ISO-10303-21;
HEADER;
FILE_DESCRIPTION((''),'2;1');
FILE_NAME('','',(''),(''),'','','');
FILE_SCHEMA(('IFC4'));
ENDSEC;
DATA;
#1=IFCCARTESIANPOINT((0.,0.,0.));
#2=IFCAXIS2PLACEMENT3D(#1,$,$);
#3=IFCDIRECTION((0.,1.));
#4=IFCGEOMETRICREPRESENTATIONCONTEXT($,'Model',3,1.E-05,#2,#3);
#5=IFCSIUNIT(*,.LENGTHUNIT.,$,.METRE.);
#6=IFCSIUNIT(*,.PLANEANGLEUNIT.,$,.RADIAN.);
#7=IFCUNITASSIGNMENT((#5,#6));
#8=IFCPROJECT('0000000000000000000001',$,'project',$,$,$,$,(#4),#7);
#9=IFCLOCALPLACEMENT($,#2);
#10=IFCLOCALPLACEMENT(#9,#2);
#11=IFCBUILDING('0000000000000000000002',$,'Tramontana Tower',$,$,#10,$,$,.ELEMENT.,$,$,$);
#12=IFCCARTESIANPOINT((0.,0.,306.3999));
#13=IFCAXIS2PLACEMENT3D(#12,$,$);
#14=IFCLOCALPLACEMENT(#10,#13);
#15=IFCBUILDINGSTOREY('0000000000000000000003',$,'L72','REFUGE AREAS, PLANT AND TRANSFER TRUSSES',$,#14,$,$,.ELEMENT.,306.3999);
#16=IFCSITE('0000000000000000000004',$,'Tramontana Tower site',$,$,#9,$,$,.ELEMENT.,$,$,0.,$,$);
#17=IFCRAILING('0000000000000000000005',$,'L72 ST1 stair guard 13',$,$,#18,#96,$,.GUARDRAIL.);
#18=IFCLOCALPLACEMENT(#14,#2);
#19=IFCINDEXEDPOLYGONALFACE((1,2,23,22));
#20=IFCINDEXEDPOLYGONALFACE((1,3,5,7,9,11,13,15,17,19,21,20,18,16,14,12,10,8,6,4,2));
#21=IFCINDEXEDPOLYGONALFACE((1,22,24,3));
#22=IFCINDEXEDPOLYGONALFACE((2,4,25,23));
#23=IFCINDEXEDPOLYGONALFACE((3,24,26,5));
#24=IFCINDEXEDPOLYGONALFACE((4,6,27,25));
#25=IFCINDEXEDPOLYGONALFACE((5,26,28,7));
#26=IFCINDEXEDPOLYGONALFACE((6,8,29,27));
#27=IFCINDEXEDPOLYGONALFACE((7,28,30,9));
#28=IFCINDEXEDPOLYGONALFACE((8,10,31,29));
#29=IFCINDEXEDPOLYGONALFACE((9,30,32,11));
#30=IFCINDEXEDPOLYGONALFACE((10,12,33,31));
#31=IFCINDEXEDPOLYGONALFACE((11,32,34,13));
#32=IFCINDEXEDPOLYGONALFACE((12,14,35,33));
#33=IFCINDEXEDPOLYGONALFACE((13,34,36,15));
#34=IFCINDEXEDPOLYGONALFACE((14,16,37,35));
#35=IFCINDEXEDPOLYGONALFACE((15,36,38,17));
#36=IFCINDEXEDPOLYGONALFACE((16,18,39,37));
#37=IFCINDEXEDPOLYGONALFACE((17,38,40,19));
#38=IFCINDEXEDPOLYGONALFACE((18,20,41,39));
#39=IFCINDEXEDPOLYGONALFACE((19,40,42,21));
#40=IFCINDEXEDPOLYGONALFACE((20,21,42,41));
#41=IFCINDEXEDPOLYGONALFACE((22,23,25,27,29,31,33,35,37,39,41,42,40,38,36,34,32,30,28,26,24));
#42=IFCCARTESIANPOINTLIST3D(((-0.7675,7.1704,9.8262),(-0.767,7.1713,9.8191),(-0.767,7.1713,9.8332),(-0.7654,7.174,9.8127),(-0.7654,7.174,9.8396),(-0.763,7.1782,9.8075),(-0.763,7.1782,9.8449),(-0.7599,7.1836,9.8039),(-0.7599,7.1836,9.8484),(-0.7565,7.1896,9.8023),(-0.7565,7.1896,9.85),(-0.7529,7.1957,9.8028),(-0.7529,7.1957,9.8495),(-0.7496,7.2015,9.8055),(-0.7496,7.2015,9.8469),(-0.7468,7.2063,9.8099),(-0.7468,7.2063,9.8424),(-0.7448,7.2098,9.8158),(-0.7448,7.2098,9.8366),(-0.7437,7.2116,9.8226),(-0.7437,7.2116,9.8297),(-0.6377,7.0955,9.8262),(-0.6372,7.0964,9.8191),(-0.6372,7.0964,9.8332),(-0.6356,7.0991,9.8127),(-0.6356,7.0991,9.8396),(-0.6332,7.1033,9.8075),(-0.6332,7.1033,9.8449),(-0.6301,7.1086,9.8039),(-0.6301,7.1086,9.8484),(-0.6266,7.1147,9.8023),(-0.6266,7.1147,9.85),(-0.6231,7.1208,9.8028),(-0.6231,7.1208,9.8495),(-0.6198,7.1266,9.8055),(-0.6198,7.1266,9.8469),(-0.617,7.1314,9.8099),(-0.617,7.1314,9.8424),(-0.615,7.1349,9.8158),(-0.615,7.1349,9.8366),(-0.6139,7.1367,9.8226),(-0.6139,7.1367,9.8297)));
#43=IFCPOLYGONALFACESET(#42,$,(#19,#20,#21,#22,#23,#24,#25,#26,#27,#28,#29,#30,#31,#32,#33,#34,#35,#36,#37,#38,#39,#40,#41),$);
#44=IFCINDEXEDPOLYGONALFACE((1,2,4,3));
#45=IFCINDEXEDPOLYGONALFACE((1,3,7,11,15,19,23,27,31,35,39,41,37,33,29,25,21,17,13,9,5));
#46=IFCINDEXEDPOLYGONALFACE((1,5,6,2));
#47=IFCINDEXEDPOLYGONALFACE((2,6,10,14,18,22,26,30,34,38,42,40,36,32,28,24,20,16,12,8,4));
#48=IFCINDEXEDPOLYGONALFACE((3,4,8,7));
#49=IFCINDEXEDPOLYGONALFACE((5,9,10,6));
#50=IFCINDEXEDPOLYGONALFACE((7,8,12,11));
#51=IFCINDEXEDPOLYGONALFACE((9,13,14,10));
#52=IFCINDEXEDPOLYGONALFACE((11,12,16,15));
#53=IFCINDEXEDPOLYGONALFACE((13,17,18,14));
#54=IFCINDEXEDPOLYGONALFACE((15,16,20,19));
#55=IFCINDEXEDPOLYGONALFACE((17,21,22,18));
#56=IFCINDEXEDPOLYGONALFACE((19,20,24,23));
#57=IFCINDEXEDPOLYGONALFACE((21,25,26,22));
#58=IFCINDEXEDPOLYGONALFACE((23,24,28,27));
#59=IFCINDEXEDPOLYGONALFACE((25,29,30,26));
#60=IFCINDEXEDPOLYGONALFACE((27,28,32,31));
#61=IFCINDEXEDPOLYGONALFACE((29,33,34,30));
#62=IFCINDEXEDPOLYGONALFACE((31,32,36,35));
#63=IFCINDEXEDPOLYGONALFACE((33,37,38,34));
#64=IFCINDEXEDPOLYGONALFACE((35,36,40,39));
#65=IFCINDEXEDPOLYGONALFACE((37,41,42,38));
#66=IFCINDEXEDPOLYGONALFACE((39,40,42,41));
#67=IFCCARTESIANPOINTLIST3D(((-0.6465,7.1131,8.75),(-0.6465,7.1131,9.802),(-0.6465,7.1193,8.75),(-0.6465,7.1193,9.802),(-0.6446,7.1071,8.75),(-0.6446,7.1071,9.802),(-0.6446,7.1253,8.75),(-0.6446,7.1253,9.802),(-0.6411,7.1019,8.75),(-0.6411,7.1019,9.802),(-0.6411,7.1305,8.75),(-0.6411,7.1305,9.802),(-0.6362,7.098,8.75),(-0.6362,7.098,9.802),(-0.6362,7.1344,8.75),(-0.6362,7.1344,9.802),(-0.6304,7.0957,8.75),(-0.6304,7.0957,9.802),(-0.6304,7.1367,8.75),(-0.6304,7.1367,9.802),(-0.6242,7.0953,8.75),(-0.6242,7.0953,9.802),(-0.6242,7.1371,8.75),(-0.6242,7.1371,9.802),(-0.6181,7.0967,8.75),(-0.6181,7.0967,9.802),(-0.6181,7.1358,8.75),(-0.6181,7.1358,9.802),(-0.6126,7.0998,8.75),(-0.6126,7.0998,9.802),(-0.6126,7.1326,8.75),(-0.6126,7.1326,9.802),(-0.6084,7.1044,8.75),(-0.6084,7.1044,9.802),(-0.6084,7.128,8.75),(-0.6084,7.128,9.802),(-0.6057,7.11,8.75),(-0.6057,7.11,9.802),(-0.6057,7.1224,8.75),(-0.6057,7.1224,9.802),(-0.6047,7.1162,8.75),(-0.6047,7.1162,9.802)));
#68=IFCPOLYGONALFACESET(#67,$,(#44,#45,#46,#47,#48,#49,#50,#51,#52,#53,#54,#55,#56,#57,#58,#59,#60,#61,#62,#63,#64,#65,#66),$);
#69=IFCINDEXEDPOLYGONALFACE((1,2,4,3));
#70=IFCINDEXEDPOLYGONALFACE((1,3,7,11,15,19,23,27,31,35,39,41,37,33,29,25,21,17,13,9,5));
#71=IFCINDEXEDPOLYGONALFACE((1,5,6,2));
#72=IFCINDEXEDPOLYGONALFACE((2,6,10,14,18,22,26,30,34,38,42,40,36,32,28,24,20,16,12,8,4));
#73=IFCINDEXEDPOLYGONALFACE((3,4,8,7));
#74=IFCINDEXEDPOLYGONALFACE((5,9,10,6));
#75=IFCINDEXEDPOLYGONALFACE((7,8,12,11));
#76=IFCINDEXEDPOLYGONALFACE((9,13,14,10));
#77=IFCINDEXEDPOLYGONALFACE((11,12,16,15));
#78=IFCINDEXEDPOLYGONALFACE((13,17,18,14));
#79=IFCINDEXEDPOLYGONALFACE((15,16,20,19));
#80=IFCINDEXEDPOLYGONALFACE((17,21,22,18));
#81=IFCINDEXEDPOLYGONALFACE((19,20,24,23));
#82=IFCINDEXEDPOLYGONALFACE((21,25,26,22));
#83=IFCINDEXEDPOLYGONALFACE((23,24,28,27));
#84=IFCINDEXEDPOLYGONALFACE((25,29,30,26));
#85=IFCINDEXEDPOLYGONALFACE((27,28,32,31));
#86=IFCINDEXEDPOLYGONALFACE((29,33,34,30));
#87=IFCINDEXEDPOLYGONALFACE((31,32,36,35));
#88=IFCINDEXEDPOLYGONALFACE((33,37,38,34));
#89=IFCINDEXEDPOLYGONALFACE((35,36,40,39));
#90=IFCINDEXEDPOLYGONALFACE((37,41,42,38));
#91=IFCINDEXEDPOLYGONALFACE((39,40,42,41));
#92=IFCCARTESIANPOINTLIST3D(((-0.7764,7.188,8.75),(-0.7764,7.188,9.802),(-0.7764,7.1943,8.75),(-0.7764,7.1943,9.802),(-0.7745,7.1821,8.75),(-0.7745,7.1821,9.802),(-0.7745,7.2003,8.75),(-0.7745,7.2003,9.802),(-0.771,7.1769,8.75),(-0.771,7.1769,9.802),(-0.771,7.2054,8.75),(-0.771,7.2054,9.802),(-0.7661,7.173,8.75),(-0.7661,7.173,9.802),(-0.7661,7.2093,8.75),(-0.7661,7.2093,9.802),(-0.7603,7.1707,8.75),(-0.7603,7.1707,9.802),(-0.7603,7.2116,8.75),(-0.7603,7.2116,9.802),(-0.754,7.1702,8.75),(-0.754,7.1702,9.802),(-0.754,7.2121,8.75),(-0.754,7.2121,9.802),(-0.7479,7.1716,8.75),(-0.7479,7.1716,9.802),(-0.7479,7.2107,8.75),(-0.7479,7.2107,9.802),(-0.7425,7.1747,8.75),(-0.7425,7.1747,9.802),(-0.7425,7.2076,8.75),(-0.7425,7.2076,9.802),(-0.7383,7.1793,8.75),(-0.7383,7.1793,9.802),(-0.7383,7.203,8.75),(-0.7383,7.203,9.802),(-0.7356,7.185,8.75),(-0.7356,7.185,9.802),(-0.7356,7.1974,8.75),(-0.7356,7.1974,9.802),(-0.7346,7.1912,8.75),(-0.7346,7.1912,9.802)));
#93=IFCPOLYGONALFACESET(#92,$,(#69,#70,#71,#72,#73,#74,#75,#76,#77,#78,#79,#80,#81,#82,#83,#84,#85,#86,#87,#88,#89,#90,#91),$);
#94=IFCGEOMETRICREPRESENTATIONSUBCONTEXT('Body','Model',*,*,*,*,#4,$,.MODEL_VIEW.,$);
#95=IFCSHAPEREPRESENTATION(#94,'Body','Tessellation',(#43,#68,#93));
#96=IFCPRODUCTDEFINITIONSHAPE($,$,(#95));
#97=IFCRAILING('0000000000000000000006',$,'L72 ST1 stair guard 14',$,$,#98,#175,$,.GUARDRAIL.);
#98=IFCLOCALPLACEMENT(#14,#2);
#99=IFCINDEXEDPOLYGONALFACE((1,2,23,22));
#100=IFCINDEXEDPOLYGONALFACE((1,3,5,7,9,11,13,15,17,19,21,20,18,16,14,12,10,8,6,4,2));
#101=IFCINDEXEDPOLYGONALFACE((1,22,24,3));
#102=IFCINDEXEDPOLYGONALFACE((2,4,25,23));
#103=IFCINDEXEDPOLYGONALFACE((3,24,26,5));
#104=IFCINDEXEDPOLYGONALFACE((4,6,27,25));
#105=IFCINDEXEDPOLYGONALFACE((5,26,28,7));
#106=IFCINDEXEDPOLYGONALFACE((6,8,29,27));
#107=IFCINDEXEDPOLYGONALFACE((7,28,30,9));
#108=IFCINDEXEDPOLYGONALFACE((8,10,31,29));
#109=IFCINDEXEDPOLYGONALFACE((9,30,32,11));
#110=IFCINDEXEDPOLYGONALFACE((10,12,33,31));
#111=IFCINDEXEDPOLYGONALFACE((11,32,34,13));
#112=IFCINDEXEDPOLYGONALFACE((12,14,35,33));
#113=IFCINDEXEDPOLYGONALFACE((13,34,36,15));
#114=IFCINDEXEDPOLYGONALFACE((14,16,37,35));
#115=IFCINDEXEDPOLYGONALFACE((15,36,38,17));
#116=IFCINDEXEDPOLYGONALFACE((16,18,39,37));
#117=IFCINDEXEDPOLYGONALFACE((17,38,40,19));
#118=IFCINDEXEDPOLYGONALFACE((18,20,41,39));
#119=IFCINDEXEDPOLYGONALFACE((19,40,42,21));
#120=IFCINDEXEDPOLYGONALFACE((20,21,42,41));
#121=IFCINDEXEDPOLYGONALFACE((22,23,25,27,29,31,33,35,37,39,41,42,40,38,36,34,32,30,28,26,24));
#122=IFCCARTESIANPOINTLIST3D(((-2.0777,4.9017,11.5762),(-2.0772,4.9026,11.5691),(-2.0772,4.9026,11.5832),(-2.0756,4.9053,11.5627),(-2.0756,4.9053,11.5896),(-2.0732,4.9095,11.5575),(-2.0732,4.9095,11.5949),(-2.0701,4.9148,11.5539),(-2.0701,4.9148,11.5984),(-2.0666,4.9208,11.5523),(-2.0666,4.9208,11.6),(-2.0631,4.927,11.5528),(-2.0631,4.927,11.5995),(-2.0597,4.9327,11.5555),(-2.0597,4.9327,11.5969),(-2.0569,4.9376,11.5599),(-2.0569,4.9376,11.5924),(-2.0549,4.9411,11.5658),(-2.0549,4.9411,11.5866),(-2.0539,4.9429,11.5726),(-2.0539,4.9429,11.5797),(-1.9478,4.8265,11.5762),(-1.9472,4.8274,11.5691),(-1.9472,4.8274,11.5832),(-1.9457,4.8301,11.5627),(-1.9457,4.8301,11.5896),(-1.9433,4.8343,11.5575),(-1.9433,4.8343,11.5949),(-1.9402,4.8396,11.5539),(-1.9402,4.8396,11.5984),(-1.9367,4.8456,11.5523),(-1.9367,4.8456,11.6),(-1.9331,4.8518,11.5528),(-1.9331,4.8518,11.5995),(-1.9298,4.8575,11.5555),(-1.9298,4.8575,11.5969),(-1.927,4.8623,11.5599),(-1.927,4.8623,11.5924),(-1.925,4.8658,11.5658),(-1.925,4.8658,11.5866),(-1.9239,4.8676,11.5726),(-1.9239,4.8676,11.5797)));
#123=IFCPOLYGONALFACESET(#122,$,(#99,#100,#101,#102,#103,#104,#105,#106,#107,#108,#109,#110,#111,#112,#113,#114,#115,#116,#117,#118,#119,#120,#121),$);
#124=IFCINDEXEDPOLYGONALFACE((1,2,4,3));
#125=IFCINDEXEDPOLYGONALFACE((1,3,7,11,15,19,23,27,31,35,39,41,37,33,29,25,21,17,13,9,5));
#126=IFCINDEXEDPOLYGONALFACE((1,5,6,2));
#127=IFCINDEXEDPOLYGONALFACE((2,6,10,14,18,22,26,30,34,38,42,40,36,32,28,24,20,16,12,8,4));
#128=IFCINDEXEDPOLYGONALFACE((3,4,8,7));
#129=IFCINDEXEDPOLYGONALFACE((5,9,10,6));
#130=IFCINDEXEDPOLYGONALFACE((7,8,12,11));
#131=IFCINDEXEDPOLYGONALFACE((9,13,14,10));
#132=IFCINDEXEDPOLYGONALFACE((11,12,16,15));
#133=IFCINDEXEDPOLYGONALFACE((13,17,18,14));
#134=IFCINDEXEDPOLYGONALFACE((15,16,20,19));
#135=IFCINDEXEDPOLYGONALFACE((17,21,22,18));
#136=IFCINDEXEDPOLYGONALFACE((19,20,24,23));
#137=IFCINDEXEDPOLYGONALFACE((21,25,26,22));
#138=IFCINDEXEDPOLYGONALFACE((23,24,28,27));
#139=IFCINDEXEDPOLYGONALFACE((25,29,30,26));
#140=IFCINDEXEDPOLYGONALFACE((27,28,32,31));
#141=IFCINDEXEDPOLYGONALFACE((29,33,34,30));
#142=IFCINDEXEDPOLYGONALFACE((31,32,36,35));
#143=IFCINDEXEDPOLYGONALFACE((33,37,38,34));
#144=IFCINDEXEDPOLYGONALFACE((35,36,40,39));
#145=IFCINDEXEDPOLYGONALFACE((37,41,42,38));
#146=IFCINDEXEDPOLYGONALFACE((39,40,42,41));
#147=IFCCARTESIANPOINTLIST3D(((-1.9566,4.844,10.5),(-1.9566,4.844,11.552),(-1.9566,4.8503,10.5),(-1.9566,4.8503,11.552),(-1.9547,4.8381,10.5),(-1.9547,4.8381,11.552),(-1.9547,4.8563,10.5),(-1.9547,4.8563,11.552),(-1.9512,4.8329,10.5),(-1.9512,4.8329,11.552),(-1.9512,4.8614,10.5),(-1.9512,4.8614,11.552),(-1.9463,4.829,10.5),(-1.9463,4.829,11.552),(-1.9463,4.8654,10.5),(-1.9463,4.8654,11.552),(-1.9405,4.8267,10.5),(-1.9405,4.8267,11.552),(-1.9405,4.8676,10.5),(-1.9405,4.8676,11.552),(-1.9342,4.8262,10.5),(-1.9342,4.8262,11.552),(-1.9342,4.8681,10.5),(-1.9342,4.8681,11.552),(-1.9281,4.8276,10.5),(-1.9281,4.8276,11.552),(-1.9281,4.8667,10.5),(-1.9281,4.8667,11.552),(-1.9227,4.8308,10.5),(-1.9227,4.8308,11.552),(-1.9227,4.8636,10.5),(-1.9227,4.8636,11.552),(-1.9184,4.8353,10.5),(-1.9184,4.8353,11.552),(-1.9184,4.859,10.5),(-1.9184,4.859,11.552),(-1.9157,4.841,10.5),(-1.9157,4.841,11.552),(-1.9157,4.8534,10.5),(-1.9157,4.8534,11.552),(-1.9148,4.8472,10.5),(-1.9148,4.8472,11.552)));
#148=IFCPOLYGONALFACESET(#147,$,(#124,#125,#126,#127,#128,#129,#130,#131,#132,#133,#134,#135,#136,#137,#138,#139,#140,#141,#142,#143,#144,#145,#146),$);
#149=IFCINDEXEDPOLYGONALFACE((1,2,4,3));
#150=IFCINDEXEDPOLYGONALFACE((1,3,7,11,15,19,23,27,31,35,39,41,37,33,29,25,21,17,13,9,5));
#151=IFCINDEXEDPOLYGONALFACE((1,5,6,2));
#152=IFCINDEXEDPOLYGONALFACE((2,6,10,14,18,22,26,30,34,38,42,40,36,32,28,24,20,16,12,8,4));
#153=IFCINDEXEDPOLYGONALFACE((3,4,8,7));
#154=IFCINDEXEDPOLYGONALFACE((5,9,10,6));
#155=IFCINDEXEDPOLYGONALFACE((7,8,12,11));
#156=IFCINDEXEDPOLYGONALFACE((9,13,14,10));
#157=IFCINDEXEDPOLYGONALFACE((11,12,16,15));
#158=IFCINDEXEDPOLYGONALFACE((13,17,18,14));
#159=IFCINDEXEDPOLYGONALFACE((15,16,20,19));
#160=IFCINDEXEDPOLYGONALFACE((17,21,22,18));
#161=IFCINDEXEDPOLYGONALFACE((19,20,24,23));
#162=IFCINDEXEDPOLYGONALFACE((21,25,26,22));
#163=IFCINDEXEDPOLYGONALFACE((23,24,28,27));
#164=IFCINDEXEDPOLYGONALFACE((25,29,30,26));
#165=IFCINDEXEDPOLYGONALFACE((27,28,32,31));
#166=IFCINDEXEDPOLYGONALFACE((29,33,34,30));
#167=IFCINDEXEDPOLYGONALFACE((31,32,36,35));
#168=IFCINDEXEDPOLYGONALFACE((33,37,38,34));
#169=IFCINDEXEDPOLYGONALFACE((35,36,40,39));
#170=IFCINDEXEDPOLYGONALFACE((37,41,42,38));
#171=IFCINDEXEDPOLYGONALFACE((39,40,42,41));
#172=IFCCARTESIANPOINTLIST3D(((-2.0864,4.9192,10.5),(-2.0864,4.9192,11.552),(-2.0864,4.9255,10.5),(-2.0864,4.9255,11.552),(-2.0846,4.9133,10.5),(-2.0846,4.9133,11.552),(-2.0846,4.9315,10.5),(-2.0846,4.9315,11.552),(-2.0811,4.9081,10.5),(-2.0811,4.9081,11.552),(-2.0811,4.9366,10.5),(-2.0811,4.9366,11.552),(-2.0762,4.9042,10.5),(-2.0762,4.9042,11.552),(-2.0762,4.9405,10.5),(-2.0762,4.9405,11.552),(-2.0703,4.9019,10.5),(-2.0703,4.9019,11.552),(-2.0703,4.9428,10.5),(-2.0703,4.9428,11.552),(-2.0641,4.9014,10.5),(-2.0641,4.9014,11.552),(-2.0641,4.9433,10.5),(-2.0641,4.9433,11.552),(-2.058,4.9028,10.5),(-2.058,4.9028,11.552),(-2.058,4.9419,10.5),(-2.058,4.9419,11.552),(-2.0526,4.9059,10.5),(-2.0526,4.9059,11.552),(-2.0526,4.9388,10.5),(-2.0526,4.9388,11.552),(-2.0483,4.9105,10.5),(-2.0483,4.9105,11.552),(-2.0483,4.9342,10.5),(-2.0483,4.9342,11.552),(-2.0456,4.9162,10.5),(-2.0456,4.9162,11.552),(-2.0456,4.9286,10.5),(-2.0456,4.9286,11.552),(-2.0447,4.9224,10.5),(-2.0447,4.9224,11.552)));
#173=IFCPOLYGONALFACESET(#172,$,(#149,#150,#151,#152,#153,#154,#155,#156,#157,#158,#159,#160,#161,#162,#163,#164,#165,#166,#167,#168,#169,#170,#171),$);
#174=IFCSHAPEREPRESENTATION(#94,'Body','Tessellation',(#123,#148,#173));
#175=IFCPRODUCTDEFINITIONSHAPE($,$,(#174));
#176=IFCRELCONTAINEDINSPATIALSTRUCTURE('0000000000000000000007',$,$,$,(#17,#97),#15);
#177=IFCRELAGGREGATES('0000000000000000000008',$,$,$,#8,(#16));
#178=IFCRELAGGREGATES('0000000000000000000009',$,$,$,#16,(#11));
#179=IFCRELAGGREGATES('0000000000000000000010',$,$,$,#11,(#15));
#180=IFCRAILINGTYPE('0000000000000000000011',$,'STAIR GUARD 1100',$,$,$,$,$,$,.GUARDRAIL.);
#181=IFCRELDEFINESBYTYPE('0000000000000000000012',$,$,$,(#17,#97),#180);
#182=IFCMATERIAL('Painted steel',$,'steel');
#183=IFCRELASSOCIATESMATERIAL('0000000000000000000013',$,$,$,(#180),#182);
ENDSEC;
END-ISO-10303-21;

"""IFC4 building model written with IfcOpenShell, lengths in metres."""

from ifc_helpers import new_model, si_unit, direction, frame, origin, origin_2d, place, context, subcontext, project, spatial, circle, extrude, material, type_object, element, save


model = new_model("IFC4")

# Units and contexts
model_context = context("Model", 3, precision=1e-05, world=origin(), true_north=direction((0.0, 1.0)))
body_context = subcontext(model_context, "Body", "Model", "MODEL_VIEW")
ifc_project = project(units=[si_unit("LENGTHUNIT", "METRE"), si_unit("PLANEANGLEUNIT", "RADIAN")], contexts=[model_context])

# Site, building, storey
site_placement = place(None, origin())
site = spatial("IfcSite", under=ifc_project, at=site_placement, Name="Tramontana Tower site", CompositionType="ELEMENT", RefElevation=0.0)
building_placement = place(site_placement, origin())
building = spatial("IfcBuilding", under=site, at=building_placement, Name="Tramontana Tower", CompositionType="ELEMENT")
storey_placement = place(building_placement, frame((0.0, 0.0, 306.3999)))
storey = spatial("IfcBuildingStorey", under=building, at=storey_placement, Name="L72", Description="REFUGE AREAS, PLANT AND TRANSFER TRUSSES", CompositionType="ELEMENT", Elevation=306.3999)

# Railings
ifc_material_1 = material(Name="Painted steel", Category="steel")
railing_type_1 = type_object("IfcRailingType", Name="STAIR GUARD 1100", PredefinedType="GUARDRAIL", material=ifc_material_1)
railing_1_placement = place(storey_placement, frame((-0.6257, 7.1162, 8.75)))
element("IfcRailing", 1, at=railing_1_placement, inside=storey, type_object=railing_type_1, Name="L72 ST1 stair guard 13", PredefinedType="GUARDRAIL", context=body_context, shape_type="SweptSolid", body=[
    extrude(circle(Radius=0.0239, at=origin_2d()), frame((0.0, 0.0, 1.0762), z_axis=(-0.866131, 0.499816, 0.0), x_axis=(-0.499816, -0.866131, 0.0)), (0.0, 0.0, 1.0), 0.1499),
    extrude(circle(Radius=0.021, at=origin_2d()), origin(), (0.0, 0.0, 1.0), 1.052),
    extrude(circle(Radius=0.021, at=origin_2d()), frame((-0.1299, 0.075, 0.0)), (0.0, 0.0, 1.0), 1.052),
])
railing_2_placement = place(storey_placement, frame((-1.9358, 4.8472, 10.5)))
element("IfcRailing", 2, at=railing_2_placement, inside=storey, type_object=railing_type_1, Name="L72 ST1 stair guard 14", PredefinedType="GUARDRAIL", context=body_context, shape_type="SweptSolid", body=[
    extrude(circle(Radius=0.0239, at=origin_2d()), frame((0.0, 0.0, 1.0762), z_axis=(-0.865426, 0.501036, 0.0), x_axis=(-0.501036, -0.865426, 0.0)), (0.0, 0.0, 1.0), 0.1501),
    extrude(circle(Radius=0.021, at=origin_2d()), origin(), (0.0, 0.0, 1.0), 1.052),
    extrude(circle(Radius=0.021, at=origin_2d()), frame((-0.1299, 0.0752, 0.0)), (0.0, 0.0, 1.0), 1.052),
])

save(model, "model.ifc")
